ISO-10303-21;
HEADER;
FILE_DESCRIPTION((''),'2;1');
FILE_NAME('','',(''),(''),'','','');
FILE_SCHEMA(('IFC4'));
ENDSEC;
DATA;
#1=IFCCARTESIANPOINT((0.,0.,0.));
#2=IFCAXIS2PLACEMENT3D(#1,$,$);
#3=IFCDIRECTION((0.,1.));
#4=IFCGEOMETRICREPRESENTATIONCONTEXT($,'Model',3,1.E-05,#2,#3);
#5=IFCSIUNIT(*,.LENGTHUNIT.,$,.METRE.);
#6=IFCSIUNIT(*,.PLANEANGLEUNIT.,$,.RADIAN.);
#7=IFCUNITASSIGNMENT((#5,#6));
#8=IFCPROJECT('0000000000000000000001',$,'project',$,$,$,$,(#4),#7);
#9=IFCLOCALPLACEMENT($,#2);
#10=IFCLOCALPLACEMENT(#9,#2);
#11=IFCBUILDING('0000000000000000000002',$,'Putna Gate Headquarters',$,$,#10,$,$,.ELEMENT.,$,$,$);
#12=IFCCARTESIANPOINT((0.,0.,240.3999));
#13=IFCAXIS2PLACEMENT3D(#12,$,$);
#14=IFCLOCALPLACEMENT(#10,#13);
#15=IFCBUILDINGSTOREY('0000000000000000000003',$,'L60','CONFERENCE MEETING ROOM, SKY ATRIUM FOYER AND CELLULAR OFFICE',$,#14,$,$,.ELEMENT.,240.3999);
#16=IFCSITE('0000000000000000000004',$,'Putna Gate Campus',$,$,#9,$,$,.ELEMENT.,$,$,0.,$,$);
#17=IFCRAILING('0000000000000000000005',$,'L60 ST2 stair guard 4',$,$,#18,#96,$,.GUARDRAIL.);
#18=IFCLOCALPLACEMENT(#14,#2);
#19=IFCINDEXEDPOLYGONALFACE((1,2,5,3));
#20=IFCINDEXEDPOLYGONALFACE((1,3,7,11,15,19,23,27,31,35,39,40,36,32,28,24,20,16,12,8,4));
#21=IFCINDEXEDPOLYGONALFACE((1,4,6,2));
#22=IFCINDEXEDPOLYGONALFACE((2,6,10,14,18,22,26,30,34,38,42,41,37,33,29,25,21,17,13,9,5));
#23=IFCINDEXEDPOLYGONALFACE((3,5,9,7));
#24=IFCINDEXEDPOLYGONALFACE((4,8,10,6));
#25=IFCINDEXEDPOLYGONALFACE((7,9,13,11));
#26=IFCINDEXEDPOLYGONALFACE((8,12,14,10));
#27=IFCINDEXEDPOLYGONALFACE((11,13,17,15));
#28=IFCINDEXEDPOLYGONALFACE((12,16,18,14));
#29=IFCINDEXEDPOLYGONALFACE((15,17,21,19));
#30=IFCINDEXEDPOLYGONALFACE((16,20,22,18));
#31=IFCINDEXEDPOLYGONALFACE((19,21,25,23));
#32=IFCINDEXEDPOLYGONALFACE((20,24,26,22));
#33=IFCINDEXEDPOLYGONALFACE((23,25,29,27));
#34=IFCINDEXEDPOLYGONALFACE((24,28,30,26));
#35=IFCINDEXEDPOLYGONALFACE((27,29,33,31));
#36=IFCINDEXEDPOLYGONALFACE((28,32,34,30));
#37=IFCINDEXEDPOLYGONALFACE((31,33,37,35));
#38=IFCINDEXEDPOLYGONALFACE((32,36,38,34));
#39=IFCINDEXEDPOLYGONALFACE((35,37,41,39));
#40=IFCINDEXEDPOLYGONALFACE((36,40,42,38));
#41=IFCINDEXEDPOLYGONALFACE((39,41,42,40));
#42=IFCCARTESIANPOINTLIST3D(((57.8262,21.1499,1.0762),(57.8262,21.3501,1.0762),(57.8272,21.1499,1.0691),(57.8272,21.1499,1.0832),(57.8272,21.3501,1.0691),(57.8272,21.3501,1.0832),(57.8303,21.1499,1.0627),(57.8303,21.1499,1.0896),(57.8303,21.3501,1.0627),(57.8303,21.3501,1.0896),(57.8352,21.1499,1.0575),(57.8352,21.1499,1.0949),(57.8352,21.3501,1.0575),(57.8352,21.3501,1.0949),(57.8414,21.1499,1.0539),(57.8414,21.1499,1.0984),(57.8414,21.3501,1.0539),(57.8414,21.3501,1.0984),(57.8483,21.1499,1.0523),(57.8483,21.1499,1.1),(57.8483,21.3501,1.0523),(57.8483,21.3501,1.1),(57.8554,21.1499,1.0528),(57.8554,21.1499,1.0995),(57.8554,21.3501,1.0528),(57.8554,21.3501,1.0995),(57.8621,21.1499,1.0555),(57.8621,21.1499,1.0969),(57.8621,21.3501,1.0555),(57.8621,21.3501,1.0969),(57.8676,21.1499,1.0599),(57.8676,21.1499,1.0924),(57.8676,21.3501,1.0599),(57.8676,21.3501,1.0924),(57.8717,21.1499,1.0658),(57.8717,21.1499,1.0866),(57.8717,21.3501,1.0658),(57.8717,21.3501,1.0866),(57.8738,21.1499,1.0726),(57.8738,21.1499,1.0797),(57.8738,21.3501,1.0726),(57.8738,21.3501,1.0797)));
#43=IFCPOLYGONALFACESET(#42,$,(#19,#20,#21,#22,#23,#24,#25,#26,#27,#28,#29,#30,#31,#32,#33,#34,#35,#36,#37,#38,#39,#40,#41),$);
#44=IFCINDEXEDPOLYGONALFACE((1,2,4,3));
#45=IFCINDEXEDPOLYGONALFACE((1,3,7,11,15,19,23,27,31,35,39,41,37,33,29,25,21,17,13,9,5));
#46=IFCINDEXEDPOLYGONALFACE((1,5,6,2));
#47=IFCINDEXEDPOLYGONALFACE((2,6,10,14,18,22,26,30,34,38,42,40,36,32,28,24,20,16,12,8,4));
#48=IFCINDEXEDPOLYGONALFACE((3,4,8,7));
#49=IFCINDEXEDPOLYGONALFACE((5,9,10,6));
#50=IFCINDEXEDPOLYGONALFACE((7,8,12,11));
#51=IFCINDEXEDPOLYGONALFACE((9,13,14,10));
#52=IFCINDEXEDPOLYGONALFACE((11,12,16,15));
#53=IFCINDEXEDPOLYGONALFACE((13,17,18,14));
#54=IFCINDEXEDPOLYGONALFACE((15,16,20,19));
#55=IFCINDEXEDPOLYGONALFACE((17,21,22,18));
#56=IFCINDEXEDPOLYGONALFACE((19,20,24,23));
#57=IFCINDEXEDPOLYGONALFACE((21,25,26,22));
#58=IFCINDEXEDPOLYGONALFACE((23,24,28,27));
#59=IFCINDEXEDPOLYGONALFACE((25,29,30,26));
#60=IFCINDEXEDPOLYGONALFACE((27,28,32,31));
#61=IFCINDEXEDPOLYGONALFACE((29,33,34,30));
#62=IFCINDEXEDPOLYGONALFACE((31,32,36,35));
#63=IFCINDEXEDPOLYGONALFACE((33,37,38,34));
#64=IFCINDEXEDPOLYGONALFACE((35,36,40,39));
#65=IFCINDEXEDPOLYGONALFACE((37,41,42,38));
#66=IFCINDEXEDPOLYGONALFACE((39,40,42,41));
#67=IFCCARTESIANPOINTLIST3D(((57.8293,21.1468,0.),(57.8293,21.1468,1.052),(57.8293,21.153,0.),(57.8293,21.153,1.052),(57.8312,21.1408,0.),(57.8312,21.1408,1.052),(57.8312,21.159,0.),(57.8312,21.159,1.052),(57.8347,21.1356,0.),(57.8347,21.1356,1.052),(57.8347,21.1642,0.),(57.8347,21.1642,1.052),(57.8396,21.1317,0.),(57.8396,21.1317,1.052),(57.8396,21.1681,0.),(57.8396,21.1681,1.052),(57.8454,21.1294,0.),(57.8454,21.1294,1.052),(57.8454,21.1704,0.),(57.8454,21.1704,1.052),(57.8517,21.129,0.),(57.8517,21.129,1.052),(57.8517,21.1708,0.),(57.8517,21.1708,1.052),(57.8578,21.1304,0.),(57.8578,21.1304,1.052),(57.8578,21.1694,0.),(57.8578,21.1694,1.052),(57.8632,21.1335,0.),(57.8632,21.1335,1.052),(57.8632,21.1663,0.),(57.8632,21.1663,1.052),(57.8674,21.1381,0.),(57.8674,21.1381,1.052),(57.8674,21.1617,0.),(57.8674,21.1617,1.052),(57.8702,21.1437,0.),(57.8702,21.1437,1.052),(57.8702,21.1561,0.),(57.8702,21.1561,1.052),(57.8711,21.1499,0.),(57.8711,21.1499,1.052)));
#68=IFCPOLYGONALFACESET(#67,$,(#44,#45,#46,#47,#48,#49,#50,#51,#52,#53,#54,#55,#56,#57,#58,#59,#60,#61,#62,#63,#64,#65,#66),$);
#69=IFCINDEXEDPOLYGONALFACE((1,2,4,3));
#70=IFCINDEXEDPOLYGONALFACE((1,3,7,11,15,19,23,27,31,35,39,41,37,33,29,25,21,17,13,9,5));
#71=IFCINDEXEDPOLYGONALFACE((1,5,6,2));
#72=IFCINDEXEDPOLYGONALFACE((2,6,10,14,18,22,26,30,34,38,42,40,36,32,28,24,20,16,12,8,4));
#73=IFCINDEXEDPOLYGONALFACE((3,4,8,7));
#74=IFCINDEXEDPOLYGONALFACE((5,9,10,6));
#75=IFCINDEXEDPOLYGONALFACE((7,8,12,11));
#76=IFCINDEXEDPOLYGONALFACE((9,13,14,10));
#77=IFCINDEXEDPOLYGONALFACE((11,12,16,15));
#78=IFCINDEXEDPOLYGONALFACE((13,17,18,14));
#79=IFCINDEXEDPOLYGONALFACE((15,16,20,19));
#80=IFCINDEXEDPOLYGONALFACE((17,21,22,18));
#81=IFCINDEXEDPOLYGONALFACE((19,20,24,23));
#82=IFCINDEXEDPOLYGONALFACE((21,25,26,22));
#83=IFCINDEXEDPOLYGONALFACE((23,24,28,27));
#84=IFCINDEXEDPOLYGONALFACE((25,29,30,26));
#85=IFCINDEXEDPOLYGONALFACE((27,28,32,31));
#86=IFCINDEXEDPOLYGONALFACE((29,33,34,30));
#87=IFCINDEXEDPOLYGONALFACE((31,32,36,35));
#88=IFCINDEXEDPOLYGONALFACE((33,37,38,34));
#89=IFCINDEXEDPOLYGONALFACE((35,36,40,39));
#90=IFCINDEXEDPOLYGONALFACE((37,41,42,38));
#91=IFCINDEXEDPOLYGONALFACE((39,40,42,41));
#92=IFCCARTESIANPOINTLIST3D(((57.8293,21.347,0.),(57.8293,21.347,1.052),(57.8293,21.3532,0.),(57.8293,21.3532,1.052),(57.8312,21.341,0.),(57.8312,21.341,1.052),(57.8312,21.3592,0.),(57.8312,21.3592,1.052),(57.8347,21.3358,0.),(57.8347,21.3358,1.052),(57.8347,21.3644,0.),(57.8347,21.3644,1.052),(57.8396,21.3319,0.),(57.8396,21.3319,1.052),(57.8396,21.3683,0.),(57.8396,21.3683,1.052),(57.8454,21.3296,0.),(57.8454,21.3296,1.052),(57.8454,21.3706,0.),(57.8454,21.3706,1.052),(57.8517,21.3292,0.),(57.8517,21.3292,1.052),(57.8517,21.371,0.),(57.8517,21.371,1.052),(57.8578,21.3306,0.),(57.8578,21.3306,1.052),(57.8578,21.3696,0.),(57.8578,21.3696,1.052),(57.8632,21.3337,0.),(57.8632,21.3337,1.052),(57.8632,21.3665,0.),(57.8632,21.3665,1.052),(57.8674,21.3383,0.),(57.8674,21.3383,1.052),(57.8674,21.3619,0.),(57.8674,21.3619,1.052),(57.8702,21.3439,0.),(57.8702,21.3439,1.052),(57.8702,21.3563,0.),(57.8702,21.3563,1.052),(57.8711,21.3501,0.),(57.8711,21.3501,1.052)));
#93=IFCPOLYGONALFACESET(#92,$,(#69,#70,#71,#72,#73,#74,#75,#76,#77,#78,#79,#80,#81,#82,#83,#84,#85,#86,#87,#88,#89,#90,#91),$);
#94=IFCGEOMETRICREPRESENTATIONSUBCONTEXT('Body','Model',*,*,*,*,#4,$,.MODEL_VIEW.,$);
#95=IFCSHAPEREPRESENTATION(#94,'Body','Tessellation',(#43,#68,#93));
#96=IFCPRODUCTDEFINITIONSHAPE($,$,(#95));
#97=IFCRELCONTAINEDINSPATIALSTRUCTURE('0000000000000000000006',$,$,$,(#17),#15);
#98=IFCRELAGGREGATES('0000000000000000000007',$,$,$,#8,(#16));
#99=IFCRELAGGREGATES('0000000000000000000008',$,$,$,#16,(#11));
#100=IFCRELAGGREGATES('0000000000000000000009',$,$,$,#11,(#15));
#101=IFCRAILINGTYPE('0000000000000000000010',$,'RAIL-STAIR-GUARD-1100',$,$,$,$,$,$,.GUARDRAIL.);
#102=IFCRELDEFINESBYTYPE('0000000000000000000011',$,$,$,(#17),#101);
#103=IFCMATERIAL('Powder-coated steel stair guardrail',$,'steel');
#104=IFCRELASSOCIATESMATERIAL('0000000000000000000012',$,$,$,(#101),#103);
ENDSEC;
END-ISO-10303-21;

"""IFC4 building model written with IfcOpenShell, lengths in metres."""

from ifc_helpers import new_model, si_unit, direction, frame, origin, origin_2d, place, context, subcontext, project, spatial, circle, extrude, material, type_object, element, save


model = new_model("IFC4")

# Units and contexts
model_context = context("Model", 3, precision=1e-05, world=origin(), true_north=direction((0.0, 1.0)))
body_context = subcontext(model_context, "Body", "Model", "MODEL_VIEW")
ifc_project = project(units=[si_unit("LENGTHUNIT", "METRE"), si_unit("PLANEANGLEUNIT", "RADIAN")], contexts=[model_context])

# Site, building, storey
site_placement = place(None, origin())
site = spatial("IfcSite", under=ifc_project, at=site_placement, Name="Putna Gate Campus", CompositionType="ELEMENT", RefElevation=0.0)
building_placement = place(site_placement, origin())
building = spatial("IfcBuilding", under=site, at=building_placement, Name="Putna Gate Headquarters", CompositionType="ELEMENT")
storey_placement = place(building_placement, frame((0.0, 0.0, 240.3999)))
storey = spatial("IfcBuildingStorey", under=building, at=storey_placement, Name="L60", Description="CONFERENCE MEETING ROOM, SKY ATRIUM FOYER AND CELLULAR OFFICE", CompositionType="ELEMENT", Elevation=240.3999)

# Railing
ifc_material_1 = material(Name="Powder-coated steel stair guardrail", Category="steel")
railing_type_1 = type_object("IfcRailingType", Name="RAIL-STAIR-GUARD-1100", PredefinedType="GUARDRAIL", material=ifc_material_1)
railing_1_placement = place(storey_placement, frame((57.8501, 21.1499, 0.0)))
element("IfcRailing", 1, at=railing_1_placement, inside=storey, type_object=railing_type_1, Name="L60 ST2 stair guard 4", PredefinedType="GUARDRAIL", context=body_context, shape_type="SweptSolid", body=[
    extrude(circle(Radius=0.0239, at=origin_2d()), frame((0.0, 0.0, 1.0762), z_axis=(0.0, 1.0, 0.0), x_axis=(-1.0, 0.0, 0.0)), (0.0, 0.0, 1.0), 0.2002),
    extrude(circle(Radius=0.021, at=origin_2d()), origin(), (0.0, 0.0, 1.0), 1.052),
    extrude(circle(Radius=0.021, at=origin_2d()), frame((0.0, 0.2002, 0.0)), (0.0, 0.0, 1.0), 1.052),
])

save(model, "model.ifc")
